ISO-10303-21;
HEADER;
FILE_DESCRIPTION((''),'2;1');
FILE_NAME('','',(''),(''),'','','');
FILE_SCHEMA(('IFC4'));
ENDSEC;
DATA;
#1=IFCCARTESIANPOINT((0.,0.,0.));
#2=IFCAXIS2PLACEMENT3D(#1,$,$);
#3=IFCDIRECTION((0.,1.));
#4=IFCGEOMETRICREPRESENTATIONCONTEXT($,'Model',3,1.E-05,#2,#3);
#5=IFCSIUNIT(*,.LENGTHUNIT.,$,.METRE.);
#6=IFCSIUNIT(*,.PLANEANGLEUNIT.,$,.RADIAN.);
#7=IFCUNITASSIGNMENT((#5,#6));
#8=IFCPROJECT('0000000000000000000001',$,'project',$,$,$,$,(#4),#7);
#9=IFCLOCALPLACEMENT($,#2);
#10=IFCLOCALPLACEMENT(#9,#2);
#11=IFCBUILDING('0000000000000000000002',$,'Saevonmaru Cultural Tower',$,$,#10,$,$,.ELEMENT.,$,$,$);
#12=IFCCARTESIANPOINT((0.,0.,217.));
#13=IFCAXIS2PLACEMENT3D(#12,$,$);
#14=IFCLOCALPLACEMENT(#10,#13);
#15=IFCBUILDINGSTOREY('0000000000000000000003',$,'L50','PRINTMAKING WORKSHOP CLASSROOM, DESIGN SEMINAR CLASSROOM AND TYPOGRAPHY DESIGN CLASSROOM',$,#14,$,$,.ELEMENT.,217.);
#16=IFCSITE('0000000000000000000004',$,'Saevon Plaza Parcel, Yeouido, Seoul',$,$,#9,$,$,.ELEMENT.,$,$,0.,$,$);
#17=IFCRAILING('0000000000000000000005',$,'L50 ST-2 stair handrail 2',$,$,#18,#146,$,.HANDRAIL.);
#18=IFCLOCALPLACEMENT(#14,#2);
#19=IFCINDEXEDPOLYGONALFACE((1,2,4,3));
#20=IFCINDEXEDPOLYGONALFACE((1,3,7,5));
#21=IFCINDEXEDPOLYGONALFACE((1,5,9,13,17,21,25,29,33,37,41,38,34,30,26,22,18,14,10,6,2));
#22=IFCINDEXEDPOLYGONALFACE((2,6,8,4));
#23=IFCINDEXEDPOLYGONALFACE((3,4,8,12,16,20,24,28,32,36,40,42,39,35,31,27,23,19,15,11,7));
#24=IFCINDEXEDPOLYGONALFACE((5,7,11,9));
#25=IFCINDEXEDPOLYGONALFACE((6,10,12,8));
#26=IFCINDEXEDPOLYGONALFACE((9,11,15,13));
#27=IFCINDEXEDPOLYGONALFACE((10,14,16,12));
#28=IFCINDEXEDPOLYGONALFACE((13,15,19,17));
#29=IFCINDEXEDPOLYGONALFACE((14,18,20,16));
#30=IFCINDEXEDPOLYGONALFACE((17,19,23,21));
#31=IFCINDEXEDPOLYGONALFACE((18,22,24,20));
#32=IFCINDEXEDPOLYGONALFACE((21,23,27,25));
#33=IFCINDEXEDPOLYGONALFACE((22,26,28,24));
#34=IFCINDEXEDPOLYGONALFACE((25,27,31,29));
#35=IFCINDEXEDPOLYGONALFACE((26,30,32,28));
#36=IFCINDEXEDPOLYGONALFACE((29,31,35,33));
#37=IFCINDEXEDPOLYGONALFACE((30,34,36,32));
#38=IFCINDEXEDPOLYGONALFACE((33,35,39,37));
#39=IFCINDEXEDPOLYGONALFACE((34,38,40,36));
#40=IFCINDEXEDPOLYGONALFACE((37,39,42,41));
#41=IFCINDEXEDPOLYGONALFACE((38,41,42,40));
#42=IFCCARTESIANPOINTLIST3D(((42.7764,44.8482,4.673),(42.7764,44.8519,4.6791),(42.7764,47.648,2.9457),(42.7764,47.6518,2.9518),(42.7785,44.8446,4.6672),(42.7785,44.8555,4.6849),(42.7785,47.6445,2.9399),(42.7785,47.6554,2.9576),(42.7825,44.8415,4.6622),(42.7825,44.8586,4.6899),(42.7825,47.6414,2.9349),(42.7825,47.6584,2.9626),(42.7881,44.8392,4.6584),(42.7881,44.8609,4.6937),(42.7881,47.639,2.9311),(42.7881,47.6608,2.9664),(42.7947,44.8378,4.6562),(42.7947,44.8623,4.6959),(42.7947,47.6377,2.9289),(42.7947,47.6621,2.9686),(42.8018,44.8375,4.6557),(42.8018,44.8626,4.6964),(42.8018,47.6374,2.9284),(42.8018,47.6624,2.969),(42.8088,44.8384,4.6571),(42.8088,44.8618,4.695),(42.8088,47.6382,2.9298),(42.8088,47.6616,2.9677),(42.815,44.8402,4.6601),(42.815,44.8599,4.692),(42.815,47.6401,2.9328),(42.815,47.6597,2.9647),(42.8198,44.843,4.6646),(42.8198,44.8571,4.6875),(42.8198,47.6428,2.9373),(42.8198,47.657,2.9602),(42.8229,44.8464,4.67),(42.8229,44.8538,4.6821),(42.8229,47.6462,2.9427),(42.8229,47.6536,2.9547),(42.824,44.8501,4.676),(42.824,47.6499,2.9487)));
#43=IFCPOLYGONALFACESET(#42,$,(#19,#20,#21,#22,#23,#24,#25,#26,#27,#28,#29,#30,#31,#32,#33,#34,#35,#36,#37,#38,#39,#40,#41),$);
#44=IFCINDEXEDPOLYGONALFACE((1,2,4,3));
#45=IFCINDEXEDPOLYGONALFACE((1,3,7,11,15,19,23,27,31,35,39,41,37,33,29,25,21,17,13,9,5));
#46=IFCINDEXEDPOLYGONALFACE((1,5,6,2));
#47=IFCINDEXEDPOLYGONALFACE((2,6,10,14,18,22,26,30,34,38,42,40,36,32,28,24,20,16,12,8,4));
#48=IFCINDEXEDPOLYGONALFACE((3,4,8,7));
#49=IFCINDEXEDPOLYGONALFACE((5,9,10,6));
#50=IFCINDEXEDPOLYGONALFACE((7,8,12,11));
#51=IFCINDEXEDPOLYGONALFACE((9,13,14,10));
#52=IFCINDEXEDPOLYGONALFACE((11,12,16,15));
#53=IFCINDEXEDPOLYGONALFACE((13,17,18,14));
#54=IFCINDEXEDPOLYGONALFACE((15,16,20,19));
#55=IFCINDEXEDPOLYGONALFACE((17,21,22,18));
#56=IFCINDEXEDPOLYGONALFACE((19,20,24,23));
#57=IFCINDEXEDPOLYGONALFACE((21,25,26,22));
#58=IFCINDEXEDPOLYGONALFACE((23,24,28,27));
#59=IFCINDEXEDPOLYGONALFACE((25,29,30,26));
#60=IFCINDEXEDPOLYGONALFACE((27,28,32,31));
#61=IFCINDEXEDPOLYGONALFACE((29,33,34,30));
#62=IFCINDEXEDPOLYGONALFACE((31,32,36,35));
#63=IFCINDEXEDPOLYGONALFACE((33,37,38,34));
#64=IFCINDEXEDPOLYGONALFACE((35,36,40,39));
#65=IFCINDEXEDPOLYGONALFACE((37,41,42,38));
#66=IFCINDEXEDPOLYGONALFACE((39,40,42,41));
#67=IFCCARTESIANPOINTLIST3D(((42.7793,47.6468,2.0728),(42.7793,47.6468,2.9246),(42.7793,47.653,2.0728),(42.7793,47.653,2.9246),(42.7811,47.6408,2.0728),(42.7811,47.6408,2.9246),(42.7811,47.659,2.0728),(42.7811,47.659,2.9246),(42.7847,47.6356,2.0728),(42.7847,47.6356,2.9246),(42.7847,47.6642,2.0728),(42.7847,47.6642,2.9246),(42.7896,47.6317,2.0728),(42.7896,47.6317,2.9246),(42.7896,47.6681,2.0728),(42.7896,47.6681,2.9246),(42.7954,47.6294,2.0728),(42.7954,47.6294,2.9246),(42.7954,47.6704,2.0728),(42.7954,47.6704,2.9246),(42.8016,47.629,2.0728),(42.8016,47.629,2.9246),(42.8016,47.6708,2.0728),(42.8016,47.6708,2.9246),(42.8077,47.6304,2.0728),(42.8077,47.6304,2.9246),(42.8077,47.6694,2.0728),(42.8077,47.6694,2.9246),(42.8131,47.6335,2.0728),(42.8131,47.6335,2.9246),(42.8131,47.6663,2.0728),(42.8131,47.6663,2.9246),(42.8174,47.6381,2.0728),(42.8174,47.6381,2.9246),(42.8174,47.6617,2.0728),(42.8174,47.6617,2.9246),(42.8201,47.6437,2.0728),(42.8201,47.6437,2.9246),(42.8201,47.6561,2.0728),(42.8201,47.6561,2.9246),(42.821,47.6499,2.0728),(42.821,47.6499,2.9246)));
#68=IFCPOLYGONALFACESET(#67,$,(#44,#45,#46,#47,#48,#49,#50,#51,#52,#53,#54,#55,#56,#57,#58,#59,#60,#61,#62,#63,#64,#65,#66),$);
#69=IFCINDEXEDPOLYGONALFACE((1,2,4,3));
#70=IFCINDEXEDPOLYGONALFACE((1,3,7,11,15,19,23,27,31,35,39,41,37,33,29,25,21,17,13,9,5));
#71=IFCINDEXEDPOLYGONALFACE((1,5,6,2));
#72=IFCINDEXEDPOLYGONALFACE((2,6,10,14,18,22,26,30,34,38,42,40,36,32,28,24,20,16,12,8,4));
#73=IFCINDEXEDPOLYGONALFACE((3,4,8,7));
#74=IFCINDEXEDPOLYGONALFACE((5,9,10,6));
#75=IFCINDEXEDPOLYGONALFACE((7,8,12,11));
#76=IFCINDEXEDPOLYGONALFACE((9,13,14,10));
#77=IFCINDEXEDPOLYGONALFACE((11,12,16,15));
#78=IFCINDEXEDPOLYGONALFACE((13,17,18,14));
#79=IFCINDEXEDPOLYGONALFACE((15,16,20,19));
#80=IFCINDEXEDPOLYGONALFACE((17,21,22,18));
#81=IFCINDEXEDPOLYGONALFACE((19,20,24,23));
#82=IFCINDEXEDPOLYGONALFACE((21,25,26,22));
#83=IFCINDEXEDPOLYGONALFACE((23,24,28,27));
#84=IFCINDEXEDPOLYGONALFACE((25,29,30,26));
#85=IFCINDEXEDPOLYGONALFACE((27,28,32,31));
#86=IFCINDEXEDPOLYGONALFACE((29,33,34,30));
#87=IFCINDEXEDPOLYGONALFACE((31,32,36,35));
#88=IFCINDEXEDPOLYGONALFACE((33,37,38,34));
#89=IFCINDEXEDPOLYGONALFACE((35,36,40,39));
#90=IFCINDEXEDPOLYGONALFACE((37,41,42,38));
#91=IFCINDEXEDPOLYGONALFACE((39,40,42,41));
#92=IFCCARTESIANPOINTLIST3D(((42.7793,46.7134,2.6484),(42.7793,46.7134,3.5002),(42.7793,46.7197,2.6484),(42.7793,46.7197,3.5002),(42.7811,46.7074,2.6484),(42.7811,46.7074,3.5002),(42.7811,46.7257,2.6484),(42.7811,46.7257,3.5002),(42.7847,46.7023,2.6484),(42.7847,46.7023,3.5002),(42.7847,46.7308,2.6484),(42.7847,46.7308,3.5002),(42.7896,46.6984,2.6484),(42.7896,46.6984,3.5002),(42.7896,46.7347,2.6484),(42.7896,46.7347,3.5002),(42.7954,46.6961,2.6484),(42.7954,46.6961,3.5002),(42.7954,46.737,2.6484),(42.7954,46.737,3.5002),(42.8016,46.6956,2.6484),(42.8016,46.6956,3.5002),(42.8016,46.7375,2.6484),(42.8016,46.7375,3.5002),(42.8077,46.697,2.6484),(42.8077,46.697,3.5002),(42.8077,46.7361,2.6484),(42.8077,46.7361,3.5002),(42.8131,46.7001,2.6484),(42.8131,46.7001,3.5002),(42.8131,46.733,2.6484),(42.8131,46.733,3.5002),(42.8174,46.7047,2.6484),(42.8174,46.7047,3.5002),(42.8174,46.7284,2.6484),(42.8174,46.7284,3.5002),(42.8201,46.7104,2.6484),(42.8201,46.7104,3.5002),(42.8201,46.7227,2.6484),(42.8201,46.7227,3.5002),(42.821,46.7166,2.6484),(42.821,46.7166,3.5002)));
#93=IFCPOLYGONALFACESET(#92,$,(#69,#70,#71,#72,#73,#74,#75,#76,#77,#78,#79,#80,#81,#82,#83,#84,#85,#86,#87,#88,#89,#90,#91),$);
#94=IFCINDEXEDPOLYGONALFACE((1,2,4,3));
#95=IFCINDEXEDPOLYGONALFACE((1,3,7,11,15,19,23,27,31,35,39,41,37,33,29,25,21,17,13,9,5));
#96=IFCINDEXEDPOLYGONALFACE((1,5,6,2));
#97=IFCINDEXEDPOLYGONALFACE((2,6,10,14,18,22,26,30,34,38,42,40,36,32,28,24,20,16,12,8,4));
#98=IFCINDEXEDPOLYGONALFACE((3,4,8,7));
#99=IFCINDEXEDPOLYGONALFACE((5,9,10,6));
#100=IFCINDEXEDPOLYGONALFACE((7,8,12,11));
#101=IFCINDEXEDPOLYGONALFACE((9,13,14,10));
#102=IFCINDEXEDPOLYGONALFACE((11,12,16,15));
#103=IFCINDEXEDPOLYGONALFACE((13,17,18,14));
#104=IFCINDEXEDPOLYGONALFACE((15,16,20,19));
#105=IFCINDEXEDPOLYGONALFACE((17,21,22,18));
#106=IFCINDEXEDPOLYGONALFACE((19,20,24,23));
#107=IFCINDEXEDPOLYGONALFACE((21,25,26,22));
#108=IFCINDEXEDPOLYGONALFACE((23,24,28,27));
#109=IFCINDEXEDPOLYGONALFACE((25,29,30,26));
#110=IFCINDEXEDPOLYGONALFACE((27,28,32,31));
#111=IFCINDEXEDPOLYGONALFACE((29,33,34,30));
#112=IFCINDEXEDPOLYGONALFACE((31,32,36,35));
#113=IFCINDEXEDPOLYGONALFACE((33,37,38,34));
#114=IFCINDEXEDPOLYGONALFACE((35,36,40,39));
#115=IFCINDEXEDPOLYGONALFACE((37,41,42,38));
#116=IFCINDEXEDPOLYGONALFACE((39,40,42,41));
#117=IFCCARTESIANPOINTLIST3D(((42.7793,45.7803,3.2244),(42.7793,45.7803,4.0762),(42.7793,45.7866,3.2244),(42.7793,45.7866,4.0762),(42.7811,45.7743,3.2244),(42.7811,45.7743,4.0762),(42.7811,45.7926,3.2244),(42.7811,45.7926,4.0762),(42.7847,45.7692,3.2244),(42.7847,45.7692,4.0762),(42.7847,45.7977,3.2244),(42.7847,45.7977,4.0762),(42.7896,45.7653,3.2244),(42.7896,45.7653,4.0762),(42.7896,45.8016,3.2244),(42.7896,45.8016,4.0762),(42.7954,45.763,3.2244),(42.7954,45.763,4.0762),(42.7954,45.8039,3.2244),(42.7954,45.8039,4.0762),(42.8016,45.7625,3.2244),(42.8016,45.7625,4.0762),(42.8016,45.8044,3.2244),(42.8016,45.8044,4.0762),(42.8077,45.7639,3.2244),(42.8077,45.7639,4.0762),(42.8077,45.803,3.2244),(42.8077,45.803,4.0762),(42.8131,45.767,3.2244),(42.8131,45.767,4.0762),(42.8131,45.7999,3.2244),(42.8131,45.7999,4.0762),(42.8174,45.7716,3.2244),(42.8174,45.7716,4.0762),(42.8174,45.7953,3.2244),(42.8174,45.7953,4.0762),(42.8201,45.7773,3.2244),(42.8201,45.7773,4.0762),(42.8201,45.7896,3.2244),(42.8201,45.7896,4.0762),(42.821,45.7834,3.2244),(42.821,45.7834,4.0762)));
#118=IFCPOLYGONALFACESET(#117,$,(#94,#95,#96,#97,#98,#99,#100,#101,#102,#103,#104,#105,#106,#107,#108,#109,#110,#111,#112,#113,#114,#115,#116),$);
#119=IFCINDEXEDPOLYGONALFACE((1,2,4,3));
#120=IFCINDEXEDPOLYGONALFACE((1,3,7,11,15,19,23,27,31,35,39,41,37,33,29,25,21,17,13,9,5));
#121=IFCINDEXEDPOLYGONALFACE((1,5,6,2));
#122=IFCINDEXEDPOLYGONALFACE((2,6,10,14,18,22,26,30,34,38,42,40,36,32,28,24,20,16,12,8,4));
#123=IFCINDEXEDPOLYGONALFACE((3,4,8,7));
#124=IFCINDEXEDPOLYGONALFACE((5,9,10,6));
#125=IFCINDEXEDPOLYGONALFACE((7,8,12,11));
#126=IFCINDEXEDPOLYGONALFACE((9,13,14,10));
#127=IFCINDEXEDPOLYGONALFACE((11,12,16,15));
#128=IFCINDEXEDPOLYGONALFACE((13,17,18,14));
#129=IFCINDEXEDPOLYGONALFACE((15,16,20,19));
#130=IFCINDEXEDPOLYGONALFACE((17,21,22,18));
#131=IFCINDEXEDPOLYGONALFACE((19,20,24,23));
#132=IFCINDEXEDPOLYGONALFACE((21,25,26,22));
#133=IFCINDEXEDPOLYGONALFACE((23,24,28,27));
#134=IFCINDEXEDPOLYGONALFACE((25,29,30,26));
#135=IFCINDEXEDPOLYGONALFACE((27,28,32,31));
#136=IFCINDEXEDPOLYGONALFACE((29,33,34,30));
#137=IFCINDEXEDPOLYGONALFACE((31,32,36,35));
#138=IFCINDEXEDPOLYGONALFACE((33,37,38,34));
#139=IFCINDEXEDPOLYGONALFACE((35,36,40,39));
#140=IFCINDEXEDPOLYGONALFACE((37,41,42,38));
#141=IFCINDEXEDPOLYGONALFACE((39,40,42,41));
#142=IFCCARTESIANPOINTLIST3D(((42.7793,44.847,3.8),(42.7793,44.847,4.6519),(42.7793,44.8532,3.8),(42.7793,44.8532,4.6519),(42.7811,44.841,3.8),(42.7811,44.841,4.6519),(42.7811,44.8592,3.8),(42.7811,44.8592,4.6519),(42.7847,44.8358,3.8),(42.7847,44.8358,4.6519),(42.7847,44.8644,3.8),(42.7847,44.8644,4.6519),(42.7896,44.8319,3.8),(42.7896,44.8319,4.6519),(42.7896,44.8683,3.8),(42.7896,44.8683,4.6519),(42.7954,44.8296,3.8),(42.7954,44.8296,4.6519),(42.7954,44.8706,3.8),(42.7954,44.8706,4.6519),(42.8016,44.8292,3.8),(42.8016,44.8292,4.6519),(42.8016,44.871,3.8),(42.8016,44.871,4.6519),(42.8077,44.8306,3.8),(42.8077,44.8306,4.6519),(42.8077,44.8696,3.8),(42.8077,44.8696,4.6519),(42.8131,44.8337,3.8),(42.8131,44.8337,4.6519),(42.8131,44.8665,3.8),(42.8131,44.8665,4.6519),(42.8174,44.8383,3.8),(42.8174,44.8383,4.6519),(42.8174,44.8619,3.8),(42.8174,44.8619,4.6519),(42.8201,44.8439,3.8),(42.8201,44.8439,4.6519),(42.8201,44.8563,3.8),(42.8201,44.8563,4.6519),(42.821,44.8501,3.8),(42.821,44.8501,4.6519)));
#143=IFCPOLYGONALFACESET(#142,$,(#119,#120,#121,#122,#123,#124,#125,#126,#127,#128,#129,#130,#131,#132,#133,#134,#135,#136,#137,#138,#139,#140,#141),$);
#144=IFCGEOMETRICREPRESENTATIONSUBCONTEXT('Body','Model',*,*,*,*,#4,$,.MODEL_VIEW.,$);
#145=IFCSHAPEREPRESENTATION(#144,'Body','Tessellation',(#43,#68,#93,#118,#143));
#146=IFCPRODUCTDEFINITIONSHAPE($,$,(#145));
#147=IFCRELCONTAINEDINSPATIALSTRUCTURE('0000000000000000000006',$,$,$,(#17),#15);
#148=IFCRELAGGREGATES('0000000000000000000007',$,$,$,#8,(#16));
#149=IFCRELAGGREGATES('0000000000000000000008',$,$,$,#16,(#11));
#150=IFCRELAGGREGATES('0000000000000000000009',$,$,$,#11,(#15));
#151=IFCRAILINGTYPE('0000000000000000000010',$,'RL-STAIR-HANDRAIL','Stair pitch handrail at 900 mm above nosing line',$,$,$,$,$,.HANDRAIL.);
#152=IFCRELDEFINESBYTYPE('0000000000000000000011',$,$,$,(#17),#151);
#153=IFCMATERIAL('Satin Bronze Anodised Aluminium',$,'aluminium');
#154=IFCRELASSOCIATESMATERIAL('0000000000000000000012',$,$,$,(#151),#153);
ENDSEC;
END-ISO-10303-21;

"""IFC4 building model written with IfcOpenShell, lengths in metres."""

from ifc_helpers import new_model, si_unit, direction, frame, origin, origin_2d, place, context, subcontext, project, spatial, circle, extrude, material, type_object, element, save


model = new_model("IFC4")

# Units and contexts
model_context = context("Model", 3, precision=1e-05, world=origin(), true_north=direction((0.0, 1.0)))
body_context = subcontext(model_context, "Body", "Model", "MODEL_VIEW")
ifc_project = project(units=[si_unit("LENGTHUNIT", "METRE"), si_unit("PLANEANGLEUNIT", "RADIAN")], contexts=[model_context])

# Site, building, storey
site_placement = place(None, origin())
site = spatial("IfcSite", under=ifc_project, at=site_placement, Name="Saevon Plaza Parcel, Yeouido, Seoul", CompositionType="ELEMENT", RefElevation=0.0)
building_placement = place(site_placement, origin())
building = spatial("IfcBuilding", under=site, at=building_placement, Name="Saevonmaru Cultural Tower", CompositionType="ELEMENT")
storey_placement = place(building_placement, frame((0.0, 0.0, 217.0)))
storey = spatial("IfcBuildingStorey", under=building, at=storey_placement, Name="L50", Description="PRINTMAKING WORKSHOP CLASSROOM, DESIGN SEMINAR CLASSROOM AND TYPOGRAPHY DESIGN CLASSROOM", CompositionType="ELEMENT", Elevation=217.0)

# Shared definitions
ifc_material_1 = material(Name="Satin Bronze Anodised Aluminium", Category="aluminium")

# Railing
railing_type_1 = type_object("IfcRailingType", Name="RL-STAIR-HANDRAIL", Description="Stair pitch handrail at 900 mm above nosing line", PredefinedType="HANDRAIL", material=ifc_material_1)
railing_1_placement = place(storey_placement, frame((42.8, 47.6499, 2.0728)))
element("IfcRailing", 1, at=railing_1_placement, inside=storey, type_object=railing_type_1, Name="L50 ST-2 stair handrail 2", PredefinedType="HANDRAIL", context=body_context, shape_type="SweptSolid", body=[
    extrude(circle(Radius=0.0239, at=origin_2d()), frame((0.0, 0.0, 0.876), z_axis=(0.0, -0.851069, 0.525054), x_axis=(1.0, 0.0, 0.0)), (0.0, 0.0, 1.0), 3.2898),
    extrude(circle(Radius=0.021, at=origin_2d()), origin(), (0.0, 0.0, 1.0), 0.8518),
    extrude(circle(Radius=0.021, at=origin_2d()), frame((0.0, -0.9333, 0.5757)), (0.0, 0.0, 1.0), 0.8518),
    extrude(circle(Radius=0.021, at=origin_2d()), frame((0.0, -1.8665, 1.1516)), (0.0, 0.0, 1.0), 0.8518),
    extrude(circle(Radius=0.021, at=origin_2d()), frame((0.0, -2.7998, 1.7273)), (0.0, 0.0, 1.0), 0.8518),
])

save(model, "model.ifc")
